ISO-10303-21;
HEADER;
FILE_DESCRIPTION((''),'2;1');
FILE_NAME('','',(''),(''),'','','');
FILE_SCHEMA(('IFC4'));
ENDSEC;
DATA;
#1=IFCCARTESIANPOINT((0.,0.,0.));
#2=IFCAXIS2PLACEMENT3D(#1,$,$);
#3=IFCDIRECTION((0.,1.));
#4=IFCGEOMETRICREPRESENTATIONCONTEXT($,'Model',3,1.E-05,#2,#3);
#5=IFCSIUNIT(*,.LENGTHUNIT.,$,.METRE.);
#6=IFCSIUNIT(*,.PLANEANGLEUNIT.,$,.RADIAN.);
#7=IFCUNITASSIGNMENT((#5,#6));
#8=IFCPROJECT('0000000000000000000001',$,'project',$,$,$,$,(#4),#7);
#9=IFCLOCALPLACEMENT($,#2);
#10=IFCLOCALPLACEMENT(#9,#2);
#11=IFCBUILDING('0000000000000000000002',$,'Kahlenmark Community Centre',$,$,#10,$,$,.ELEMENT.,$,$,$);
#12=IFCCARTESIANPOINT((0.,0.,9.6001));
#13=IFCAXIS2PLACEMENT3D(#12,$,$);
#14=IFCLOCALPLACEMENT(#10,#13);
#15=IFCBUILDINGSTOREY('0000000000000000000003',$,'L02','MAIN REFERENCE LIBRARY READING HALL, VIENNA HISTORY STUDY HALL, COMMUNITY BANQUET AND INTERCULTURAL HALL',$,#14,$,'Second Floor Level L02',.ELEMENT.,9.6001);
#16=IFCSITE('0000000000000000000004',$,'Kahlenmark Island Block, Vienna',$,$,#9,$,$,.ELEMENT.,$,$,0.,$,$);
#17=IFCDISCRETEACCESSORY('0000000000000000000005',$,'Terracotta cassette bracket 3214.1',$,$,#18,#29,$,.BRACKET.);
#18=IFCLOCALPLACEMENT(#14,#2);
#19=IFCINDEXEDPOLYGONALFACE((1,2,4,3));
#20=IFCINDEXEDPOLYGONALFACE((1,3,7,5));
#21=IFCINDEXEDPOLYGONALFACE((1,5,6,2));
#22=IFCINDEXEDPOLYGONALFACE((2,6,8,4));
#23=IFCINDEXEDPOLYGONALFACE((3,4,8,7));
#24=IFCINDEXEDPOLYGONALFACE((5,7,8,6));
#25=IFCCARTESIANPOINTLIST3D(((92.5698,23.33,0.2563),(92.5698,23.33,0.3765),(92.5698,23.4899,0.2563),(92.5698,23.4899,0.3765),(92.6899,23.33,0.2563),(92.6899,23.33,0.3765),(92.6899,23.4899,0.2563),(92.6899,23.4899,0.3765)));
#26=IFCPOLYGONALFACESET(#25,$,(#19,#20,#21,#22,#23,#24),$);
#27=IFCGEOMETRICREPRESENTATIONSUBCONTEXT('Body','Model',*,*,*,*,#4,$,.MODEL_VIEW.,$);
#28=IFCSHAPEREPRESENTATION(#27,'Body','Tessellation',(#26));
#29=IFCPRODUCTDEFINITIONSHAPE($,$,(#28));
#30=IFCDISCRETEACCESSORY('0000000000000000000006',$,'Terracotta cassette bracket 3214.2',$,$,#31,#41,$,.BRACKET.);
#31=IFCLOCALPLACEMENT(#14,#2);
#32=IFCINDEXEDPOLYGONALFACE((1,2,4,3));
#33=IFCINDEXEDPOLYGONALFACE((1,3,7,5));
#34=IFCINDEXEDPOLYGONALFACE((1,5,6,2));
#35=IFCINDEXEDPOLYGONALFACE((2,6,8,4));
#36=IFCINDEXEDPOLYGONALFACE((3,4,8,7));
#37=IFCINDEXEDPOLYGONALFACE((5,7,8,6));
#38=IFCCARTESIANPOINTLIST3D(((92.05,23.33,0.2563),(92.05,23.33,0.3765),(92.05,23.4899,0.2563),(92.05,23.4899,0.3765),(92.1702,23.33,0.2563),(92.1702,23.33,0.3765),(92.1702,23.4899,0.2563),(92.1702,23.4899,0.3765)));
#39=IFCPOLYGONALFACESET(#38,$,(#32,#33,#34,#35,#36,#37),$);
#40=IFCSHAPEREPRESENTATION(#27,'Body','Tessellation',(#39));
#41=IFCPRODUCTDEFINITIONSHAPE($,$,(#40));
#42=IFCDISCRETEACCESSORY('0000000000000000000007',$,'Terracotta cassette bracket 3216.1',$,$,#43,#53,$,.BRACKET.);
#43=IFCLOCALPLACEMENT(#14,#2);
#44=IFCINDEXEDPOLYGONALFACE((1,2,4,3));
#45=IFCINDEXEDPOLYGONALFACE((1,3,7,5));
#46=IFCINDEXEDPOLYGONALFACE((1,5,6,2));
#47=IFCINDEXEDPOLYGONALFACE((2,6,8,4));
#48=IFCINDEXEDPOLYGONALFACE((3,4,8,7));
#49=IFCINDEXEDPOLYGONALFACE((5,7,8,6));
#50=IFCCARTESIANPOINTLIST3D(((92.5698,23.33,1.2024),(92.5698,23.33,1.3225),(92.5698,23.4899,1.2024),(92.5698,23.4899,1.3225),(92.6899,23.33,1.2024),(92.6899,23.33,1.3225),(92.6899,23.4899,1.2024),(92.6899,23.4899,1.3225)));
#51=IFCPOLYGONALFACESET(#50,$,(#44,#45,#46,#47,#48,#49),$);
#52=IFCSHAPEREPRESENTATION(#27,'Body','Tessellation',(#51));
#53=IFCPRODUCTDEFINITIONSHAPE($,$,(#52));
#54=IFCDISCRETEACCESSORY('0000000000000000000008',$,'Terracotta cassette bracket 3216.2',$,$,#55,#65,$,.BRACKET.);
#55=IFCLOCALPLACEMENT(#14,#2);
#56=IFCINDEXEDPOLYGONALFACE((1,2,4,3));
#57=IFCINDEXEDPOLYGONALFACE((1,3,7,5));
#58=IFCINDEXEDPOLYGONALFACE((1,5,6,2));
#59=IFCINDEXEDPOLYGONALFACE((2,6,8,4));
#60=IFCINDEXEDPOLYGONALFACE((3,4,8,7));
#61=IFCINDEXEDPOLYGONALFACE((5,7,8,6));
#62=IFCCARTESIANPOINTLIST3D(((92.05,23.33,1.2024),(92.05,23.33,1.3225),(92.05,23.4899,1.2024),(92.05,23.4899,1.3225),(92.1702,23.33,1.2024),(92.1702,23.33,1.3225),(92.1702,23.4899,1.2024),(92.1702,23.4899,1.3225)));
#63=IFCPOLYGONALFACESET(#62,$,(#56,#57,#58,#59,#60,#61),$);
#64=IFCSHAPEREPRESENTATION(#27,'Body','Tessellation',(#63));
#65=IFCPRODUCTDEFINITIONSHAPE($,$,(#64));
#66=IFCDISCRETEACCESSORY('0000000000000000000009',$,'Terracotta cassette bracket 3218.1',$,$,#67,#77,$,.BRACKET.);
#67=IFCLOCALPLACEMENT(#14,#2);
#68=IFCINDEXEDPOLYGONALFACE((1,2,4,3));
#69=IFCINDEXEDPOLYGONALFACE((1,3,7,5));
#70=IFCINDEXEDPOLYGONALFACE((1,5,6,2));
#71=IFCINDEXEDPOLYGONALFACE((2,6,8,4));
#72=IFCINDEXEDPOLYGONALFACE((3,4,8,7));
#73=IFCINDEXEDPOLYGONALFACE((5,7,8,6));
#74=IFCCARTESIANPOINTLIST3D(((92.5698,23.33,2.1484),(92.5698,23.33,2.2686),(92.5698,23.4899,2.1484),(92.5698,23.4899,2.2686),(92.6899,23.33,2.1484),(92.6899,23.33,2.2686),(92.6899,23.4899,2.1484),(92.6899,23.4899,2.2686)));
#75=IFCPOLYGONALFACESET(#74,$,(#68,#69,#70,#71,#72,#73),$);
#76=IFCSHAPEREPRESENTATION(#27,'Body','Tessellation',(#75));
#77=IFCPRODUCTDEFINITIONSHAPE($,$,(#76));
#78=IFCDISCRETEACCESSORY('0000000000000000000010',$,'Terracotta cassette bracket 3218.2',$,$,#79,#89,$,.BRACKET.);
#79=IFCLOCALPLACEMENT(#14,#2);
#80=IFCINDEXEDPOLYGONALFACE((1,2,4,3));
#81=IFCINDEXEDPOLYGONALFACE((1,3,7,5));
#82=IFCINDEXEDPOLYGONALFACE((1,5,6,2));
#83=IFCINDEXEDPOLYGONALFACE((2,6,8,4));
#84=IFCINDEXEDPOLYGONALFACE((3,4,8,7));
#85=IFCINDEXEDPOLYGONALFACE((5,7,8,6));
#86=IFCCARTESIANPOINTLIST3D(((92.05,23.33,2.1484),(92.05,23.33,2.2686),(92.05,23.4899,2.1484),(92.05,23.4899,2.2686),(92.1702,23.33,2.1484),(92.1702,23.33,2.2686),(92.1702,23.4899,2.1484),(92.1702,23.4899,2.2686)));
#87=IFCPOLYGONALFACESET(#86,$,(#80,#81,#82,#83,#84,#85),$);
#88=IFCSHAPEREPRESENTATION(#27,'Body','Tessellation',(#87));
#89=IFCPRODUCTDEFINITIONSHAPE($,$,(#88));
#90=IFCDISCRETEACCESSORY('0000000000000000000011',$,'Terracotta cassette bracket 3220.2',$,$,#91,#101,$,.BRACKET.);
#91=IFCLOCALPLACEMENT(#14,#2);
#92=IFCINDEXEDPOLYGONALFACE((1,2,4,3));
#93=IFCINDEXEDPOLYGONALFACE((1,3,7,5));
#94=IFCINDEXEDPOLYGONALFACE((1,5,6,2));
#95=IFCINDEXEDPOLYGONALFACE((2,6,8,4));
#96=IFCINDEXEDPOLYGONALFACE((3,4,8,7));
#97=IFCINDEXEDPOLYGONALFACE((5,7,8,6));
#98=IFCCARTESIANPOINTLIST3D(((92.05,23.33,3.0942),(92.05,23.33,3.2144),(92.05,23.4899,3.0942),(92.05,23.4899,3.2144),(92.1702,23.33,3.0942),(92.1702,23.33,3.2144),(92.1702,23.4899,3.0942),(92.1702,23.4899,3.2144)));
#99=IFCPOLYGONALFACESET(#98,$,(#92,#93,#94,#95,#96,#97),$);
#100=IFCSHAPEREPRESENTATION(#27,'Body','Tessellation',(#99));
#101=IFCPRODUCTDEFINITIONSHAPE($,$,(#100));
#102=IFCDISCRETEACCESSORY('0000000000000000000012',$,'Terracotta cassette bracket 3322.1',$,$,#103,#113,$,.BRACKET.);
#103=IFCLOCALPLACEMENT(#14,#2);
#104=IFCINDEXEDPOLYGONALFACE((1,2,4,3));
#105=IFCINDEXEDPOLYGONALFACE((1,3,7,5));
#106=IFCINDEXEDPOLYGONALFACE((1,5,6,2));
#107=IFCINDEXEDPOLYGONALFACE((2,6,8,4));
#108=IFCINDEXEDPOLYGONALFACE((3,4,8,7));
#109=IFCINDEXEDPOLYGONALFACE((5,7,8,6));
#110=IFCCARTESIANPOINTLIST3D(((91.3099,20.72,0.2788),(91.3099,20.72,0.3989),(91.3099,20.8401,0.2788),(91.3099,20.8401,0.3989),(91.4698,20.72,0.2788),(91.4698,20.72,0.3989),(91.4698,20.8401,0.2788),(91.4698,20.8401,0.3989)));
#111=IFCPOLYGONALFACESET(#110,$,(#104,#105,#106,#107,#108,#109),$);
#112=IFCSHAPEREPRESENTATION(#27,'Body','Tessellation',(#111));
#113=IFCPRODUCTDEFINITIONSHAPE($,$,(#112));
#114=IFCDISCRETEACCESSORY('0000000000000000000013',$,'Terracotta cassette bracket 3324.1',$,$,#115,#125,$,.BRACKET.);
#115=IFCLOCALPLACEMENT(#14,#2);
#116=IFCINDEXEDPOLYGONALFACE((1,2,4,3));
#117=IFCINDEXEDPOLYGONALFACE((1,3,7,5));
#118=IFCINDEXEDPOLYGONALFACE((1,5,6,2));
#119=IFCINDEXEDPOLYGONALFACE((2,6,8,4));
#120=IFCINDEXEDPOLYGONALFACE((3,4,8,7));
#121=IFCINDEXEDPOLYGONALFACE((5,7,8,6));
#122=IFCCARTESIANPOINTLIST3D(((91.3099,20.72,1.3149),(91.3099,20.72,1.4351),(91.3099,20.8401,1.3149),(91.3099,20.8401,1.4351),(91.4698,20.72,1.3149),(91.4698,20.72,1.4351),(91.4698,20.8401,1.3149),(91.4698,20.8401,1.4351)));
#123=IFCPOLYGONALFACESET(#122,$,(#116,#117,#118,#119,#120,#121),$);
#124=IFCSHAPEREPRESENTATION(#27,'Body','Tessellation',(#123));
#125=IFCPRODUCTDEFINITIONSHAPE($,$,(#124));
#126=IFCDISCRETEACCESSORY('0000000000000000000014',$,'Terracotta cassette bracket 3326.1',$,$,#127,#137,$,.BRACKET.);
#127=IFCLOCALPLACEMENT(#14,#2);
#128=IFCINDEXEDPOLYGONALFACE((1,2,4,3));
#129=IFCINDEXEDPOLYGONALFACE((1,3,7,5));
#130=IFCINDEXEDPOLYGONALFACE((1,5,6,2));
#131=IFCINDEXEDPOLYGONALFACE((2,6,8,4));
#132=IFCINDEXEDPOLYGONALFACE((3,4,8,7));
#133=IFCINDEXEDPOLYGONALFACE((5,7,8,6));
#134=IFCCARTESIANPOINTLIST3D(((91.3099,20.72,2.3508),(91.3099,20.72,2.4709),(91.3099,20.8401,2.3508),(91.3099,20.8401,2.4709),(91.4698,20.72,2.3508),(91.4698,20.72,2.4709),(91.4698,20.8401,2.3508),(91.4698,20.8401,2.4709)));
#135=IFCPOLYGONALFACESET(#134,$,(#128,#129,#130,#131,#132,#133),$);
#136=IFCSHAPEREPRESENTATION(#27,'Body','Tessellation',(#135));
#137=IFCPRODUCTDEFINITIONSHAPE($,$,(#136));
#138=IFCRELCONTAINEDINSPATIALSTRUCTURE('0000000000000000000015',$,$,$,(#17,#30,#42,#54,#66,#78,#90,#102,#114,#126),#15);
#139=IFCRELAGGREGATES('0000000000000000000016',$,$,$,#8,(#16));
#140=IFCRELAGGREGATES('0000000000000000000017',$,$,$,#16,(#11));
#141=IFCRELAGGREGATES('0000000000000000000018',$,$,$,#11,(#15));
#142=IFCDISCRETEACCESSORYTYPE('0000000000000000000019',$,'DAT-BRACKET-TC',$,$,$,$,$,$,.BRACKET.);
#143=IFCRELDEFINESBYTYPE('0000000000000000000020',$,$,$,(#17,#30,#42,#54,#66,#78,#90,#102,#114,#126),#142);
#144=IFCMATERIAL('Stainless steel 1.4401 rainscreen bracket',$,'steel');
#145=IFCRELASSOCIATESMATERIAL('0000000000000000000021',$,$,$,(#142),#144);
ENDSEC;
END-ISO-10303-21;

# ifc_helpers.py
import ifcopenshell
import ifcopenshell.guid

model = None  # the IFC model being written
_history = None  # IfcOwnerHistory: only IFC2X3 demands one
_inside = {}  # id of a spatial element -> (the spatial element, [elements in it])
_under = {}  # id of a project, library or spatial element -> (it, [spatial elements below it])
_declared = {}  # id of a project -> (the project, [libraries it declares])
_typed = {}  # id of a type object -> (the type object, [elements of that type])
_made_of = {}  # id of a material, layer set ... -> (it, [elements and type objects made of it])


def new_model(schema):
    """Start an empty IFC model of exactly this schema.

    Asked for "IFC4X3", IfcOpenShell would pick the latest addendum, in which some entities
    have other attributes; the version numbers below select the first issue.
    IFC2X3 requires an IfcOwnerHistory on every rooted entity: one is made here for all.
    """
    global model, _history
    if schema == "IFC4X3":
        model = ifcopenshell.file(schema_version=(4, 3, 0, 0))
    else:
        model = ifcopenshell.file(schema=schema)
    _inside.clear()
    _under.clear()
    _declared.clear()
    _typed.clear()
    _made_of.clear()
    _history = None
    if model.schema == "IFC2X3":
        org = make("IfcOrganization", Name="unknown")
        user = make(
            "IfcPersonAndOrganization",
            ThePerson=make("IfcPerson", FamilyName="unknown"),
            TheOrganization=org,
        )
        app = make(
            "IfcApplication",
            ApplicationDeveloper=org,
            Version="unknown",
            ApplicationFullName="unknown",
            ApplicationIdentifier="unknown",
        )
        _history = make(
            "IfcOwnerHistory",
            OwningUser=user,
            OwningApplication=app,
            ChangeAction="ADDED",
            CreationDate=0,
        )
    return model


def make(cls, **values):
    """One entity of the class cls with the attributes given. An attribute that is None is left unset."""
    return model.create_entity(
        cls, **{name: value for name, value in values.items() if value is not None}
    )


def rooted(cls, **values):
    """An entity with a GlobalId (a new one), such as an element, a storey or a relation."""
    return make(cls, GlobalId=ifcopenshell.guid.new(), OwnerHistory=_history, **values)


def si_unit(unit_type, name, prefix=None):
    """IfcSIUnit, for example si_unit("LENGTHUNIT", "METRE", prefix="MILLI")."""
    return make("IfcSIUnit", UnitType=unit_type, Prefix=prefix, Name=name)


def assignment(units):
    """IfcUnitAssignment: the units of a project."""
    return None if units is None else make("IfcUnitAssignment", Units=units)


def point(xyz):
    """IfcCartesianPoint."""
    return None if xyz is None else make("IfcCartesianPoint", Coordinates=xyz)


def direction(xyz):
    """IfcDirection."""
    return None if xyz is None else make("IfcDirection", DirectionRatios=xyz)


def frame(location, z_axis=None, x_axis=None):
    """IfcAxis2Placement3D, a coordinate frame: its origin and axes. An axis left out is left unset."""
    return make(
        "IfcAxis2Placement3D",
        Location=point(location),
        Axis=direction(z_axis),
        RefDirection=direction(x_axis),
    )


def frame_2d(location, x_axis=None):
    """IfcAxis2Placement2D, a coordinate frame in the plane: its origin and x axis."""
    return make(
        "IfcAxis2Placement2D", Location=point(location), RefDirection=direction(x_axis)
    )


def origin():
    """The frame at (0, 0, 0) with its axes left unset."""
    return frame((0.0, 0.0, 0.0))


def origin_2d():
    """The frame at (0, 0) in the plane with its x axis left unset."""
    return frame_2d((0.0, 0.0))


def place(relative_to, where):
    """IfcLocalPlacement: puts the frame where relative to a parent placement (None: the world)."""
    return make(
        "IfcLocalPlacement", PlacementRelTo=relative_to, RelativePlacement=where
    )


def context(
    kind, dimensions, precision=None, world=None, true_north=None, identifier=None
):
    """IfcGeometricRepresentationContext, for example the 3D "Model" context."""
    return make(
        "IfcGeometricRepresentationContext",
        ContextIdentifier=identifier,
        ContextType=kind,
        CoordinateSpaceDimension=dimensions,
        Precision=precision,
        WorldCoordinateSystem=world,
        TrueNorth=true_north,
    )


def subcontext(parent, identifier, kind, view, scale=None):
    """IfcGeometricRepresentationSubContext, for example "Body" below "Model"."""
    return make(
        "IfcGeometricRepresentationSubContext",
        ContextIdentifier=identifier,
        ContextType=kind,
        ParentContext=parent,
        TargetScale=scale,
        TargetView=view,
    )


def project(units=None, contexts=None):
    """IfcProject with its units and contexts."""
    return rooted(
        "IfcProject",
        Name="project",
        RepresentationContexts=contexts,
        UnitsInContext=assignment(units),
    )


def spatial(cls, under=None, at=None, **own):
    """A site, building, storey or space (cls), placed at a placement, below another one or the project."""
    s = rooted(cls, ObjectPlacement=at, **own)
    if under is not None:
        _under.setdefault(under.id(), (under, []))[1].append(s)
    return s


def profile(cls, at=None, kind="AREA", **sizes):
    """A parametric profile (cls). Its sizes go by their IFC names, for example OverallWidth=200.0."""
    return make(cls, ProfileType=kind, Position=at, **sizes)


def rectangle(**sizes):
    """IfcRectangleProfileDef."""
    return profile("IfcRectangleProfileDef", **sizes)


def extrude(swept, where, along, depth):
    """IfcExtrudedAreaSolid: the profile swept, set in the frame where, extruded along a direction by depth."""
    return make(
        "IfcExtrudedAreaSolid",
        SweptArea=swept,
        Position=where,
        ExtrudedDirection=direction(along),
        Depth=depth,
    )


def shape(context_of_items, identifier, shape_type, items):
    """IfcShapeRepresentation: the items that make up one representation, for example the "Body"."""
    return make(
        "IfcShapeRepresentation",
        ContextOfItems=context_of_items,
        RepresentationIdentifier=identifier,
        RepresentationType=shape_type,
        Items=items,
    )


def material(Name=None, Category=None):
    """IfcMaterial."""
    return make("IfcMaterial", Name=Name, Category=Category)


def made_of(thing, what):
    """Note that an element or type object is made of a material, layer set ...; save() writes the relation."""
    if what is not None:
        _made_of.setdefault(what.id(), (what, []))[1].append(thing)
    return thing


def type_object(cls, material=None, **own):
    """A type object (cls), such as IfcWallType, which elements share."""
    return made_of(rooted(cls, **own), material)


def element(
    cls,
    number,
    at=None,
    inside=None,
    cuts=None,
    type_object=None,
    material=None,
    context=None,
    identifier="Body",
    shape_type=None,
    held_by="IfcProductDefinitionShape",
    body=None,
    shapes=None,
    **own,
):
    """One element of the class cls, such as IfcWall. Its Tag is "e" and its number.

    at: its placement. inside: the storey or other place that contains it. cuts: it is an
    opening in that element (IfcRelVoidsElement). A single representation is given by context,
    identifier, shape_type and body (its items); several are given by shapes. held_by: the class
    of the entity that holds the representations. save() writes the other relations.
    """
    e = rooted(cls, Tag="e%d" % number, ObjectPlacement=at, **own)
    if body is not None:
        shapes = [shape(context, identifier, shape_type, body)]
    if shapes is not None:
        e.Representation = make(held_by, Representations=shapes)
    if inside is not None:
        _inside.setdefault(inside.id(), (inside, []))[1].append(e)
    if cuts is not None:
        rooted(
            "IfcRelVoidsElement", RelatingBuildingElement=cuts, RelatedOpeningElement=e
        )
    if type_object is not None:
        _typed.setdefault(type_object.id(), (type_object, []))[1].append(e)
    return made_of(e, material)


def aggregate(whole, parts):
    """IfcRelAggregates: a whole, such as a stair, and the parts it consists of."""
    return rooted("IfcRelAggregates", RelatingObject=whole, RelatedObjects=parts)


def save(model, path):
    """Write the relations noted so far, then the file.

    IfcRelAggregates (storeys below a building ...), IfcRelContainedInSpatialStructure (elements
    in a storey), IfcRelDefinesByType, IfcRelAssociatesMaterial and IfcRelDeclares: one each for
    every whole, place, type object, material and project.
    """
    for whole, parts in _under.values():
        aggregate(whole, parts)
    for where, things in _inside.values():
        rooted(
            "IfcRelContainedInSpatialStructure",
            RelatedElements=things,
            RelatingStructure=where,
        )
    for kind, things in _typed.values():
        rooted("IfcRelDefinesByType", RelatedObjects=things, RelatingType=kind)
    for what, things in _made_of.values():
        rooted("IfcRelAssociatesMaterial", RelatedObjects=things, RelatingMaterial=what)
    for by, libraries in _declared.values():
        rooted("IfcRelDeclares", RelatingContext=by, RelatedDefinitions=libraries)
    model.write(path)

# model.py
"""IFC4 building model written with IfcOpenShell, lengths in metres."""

from ifc_helpers import new_model, si_unit, direction, frame, origin, origin_2d, place, context, subcontext, project, spatial, rectangle, extrude, material, type_object, element, save


model = new_model("IFC4")

# Units and contexts
model_context = context("Model", 3, precision=1e-05, world=origin(), true_north=direction((0.0, 1.0)))
body_context = subcontext(model_context, "Body", "Model", "MODEL_VIEW")
ifc_project = project(units=[si_unit("LENGTHUNIT", "METRE"), si_unit("PLANEANGLEUNIT", "RADIAN")], contexts=[model_context])

# Site, building, storey
site_placement = place(None, origin())
site = spatial("IfcSite", under=ifc_project, at=site_placement, Name="Kahlenmark Island Block, Vienna", CompositionType="ELEMENT", RefElevation=0.0)
building_placement = place(site_placement, origin())
building = spatial("IfcBuilding", under=site, at=building_placement, Name="Kahlenmark Community Centre", CompositionType="ELEMENT")
storey_placement = place(building_placement, frame((0.0, 0.0, 9.6001)))
storey = spatial("IfcBuildingStorey", under=building, at=storey_placement, Name="L02", Description="MAIN REFERENCE LIBRARY READING HALL, VIENNA HISTORY STUDY HALL, COMMUNITY BANQUET AND INTERCULTURAL HALL", LongName="Second Floor Level L02", CompositionType="ELEMENT", Elevation=9.6001)

# Discrete accessories
ifc_material_1 = material(Name="Stainless steel 1.4401 rainscreen bracket", Category="steel")
discrete_accessory_type = type_object("IfcDiscreteAccessoryType", Name="DAT-BRACKET-TC", PredefinedType="BRACKET", material=ifc_material_1)
for number, where, z_axis, x_axis, name in (
    (1, (92.6299, 23.4099, 0.2563), (0.0, 0.0, 1.0), (-1.0, 0.0, 0.0), "Terracotta cassette bracket 3214.1"),
    (2, (92.1101, 23.4099, 0.2563), (0.0, 0.0, 1.0), (-1.0, 0.0, 0.0), "Terracotta cassette bracket 3214.2"),
    (3, (92.6299, 23.4099, 1.2024), (0.0, 0.0, 1.0), (-1.0, 0.0, 0.0), "Terracotta cassette bracket 3216.1"),
    (4, (92.1101, 23.4099, 1.2024), (0.0, 0.0, 1.0), (-1.0, 0.0, 0.0), "Terracotta cassette bracket 3216.2"),
    (5, (92.6299, 23.4099, 2.1484), (0.0, 0.0, 1.0), (-1.0, 0.0, 0.0), "Terracotta cassette bracket 3218.1"),
    (6, (92.1101, 23.4099, 2.1484), (0.0, 0.0, 1.0), (-1.0, 0.0, 0.0), "Terracotta cassette bracket 3218.2"),
    (7, (92.1101, 23.4099, 3.0942), (0.0, 0.0, 1.0), (-1.0, 0.0, 0.0), "Terracotta cassette bracket 3220.2"),
    (8, (91.3899, 20.78, 0.2788), (0.0, 0.0, 1.0), (0.0, -1.0, 0.0), "Terracotta cassette bracket 3322.1"),
    (9, (91.3899, 20.78, 1.3149), (0.0, 0.0, 1.0), (0.0, -1.0, 0.0), "Terracotta cassette bracket 3324.1"),
    (10, (91.3899, 20.78, 2.3508), (0.0, 0.0, 1.0), (0.0, -1.0, 0.0), "Terracotta cassette bracket 3326.1"),
):
    element("IfcDiscreteAccessory", number, at=place(storey_placement, frame(where, z_axis=z_axis, x_axis=x_axis)), inside=storey, type_object=discrete_accessory_type, Name=name, PredefinedType="BRACKET", context=body_context, shape_type="SweptSolid", body=[
        extrude(rectangle(XDim=0.1201, YDim=0.1599, at=origin_2d()), origin(), (0.0, 0.0, 1.0), 0.1201),
    ])

save(model, "model.ifc")
